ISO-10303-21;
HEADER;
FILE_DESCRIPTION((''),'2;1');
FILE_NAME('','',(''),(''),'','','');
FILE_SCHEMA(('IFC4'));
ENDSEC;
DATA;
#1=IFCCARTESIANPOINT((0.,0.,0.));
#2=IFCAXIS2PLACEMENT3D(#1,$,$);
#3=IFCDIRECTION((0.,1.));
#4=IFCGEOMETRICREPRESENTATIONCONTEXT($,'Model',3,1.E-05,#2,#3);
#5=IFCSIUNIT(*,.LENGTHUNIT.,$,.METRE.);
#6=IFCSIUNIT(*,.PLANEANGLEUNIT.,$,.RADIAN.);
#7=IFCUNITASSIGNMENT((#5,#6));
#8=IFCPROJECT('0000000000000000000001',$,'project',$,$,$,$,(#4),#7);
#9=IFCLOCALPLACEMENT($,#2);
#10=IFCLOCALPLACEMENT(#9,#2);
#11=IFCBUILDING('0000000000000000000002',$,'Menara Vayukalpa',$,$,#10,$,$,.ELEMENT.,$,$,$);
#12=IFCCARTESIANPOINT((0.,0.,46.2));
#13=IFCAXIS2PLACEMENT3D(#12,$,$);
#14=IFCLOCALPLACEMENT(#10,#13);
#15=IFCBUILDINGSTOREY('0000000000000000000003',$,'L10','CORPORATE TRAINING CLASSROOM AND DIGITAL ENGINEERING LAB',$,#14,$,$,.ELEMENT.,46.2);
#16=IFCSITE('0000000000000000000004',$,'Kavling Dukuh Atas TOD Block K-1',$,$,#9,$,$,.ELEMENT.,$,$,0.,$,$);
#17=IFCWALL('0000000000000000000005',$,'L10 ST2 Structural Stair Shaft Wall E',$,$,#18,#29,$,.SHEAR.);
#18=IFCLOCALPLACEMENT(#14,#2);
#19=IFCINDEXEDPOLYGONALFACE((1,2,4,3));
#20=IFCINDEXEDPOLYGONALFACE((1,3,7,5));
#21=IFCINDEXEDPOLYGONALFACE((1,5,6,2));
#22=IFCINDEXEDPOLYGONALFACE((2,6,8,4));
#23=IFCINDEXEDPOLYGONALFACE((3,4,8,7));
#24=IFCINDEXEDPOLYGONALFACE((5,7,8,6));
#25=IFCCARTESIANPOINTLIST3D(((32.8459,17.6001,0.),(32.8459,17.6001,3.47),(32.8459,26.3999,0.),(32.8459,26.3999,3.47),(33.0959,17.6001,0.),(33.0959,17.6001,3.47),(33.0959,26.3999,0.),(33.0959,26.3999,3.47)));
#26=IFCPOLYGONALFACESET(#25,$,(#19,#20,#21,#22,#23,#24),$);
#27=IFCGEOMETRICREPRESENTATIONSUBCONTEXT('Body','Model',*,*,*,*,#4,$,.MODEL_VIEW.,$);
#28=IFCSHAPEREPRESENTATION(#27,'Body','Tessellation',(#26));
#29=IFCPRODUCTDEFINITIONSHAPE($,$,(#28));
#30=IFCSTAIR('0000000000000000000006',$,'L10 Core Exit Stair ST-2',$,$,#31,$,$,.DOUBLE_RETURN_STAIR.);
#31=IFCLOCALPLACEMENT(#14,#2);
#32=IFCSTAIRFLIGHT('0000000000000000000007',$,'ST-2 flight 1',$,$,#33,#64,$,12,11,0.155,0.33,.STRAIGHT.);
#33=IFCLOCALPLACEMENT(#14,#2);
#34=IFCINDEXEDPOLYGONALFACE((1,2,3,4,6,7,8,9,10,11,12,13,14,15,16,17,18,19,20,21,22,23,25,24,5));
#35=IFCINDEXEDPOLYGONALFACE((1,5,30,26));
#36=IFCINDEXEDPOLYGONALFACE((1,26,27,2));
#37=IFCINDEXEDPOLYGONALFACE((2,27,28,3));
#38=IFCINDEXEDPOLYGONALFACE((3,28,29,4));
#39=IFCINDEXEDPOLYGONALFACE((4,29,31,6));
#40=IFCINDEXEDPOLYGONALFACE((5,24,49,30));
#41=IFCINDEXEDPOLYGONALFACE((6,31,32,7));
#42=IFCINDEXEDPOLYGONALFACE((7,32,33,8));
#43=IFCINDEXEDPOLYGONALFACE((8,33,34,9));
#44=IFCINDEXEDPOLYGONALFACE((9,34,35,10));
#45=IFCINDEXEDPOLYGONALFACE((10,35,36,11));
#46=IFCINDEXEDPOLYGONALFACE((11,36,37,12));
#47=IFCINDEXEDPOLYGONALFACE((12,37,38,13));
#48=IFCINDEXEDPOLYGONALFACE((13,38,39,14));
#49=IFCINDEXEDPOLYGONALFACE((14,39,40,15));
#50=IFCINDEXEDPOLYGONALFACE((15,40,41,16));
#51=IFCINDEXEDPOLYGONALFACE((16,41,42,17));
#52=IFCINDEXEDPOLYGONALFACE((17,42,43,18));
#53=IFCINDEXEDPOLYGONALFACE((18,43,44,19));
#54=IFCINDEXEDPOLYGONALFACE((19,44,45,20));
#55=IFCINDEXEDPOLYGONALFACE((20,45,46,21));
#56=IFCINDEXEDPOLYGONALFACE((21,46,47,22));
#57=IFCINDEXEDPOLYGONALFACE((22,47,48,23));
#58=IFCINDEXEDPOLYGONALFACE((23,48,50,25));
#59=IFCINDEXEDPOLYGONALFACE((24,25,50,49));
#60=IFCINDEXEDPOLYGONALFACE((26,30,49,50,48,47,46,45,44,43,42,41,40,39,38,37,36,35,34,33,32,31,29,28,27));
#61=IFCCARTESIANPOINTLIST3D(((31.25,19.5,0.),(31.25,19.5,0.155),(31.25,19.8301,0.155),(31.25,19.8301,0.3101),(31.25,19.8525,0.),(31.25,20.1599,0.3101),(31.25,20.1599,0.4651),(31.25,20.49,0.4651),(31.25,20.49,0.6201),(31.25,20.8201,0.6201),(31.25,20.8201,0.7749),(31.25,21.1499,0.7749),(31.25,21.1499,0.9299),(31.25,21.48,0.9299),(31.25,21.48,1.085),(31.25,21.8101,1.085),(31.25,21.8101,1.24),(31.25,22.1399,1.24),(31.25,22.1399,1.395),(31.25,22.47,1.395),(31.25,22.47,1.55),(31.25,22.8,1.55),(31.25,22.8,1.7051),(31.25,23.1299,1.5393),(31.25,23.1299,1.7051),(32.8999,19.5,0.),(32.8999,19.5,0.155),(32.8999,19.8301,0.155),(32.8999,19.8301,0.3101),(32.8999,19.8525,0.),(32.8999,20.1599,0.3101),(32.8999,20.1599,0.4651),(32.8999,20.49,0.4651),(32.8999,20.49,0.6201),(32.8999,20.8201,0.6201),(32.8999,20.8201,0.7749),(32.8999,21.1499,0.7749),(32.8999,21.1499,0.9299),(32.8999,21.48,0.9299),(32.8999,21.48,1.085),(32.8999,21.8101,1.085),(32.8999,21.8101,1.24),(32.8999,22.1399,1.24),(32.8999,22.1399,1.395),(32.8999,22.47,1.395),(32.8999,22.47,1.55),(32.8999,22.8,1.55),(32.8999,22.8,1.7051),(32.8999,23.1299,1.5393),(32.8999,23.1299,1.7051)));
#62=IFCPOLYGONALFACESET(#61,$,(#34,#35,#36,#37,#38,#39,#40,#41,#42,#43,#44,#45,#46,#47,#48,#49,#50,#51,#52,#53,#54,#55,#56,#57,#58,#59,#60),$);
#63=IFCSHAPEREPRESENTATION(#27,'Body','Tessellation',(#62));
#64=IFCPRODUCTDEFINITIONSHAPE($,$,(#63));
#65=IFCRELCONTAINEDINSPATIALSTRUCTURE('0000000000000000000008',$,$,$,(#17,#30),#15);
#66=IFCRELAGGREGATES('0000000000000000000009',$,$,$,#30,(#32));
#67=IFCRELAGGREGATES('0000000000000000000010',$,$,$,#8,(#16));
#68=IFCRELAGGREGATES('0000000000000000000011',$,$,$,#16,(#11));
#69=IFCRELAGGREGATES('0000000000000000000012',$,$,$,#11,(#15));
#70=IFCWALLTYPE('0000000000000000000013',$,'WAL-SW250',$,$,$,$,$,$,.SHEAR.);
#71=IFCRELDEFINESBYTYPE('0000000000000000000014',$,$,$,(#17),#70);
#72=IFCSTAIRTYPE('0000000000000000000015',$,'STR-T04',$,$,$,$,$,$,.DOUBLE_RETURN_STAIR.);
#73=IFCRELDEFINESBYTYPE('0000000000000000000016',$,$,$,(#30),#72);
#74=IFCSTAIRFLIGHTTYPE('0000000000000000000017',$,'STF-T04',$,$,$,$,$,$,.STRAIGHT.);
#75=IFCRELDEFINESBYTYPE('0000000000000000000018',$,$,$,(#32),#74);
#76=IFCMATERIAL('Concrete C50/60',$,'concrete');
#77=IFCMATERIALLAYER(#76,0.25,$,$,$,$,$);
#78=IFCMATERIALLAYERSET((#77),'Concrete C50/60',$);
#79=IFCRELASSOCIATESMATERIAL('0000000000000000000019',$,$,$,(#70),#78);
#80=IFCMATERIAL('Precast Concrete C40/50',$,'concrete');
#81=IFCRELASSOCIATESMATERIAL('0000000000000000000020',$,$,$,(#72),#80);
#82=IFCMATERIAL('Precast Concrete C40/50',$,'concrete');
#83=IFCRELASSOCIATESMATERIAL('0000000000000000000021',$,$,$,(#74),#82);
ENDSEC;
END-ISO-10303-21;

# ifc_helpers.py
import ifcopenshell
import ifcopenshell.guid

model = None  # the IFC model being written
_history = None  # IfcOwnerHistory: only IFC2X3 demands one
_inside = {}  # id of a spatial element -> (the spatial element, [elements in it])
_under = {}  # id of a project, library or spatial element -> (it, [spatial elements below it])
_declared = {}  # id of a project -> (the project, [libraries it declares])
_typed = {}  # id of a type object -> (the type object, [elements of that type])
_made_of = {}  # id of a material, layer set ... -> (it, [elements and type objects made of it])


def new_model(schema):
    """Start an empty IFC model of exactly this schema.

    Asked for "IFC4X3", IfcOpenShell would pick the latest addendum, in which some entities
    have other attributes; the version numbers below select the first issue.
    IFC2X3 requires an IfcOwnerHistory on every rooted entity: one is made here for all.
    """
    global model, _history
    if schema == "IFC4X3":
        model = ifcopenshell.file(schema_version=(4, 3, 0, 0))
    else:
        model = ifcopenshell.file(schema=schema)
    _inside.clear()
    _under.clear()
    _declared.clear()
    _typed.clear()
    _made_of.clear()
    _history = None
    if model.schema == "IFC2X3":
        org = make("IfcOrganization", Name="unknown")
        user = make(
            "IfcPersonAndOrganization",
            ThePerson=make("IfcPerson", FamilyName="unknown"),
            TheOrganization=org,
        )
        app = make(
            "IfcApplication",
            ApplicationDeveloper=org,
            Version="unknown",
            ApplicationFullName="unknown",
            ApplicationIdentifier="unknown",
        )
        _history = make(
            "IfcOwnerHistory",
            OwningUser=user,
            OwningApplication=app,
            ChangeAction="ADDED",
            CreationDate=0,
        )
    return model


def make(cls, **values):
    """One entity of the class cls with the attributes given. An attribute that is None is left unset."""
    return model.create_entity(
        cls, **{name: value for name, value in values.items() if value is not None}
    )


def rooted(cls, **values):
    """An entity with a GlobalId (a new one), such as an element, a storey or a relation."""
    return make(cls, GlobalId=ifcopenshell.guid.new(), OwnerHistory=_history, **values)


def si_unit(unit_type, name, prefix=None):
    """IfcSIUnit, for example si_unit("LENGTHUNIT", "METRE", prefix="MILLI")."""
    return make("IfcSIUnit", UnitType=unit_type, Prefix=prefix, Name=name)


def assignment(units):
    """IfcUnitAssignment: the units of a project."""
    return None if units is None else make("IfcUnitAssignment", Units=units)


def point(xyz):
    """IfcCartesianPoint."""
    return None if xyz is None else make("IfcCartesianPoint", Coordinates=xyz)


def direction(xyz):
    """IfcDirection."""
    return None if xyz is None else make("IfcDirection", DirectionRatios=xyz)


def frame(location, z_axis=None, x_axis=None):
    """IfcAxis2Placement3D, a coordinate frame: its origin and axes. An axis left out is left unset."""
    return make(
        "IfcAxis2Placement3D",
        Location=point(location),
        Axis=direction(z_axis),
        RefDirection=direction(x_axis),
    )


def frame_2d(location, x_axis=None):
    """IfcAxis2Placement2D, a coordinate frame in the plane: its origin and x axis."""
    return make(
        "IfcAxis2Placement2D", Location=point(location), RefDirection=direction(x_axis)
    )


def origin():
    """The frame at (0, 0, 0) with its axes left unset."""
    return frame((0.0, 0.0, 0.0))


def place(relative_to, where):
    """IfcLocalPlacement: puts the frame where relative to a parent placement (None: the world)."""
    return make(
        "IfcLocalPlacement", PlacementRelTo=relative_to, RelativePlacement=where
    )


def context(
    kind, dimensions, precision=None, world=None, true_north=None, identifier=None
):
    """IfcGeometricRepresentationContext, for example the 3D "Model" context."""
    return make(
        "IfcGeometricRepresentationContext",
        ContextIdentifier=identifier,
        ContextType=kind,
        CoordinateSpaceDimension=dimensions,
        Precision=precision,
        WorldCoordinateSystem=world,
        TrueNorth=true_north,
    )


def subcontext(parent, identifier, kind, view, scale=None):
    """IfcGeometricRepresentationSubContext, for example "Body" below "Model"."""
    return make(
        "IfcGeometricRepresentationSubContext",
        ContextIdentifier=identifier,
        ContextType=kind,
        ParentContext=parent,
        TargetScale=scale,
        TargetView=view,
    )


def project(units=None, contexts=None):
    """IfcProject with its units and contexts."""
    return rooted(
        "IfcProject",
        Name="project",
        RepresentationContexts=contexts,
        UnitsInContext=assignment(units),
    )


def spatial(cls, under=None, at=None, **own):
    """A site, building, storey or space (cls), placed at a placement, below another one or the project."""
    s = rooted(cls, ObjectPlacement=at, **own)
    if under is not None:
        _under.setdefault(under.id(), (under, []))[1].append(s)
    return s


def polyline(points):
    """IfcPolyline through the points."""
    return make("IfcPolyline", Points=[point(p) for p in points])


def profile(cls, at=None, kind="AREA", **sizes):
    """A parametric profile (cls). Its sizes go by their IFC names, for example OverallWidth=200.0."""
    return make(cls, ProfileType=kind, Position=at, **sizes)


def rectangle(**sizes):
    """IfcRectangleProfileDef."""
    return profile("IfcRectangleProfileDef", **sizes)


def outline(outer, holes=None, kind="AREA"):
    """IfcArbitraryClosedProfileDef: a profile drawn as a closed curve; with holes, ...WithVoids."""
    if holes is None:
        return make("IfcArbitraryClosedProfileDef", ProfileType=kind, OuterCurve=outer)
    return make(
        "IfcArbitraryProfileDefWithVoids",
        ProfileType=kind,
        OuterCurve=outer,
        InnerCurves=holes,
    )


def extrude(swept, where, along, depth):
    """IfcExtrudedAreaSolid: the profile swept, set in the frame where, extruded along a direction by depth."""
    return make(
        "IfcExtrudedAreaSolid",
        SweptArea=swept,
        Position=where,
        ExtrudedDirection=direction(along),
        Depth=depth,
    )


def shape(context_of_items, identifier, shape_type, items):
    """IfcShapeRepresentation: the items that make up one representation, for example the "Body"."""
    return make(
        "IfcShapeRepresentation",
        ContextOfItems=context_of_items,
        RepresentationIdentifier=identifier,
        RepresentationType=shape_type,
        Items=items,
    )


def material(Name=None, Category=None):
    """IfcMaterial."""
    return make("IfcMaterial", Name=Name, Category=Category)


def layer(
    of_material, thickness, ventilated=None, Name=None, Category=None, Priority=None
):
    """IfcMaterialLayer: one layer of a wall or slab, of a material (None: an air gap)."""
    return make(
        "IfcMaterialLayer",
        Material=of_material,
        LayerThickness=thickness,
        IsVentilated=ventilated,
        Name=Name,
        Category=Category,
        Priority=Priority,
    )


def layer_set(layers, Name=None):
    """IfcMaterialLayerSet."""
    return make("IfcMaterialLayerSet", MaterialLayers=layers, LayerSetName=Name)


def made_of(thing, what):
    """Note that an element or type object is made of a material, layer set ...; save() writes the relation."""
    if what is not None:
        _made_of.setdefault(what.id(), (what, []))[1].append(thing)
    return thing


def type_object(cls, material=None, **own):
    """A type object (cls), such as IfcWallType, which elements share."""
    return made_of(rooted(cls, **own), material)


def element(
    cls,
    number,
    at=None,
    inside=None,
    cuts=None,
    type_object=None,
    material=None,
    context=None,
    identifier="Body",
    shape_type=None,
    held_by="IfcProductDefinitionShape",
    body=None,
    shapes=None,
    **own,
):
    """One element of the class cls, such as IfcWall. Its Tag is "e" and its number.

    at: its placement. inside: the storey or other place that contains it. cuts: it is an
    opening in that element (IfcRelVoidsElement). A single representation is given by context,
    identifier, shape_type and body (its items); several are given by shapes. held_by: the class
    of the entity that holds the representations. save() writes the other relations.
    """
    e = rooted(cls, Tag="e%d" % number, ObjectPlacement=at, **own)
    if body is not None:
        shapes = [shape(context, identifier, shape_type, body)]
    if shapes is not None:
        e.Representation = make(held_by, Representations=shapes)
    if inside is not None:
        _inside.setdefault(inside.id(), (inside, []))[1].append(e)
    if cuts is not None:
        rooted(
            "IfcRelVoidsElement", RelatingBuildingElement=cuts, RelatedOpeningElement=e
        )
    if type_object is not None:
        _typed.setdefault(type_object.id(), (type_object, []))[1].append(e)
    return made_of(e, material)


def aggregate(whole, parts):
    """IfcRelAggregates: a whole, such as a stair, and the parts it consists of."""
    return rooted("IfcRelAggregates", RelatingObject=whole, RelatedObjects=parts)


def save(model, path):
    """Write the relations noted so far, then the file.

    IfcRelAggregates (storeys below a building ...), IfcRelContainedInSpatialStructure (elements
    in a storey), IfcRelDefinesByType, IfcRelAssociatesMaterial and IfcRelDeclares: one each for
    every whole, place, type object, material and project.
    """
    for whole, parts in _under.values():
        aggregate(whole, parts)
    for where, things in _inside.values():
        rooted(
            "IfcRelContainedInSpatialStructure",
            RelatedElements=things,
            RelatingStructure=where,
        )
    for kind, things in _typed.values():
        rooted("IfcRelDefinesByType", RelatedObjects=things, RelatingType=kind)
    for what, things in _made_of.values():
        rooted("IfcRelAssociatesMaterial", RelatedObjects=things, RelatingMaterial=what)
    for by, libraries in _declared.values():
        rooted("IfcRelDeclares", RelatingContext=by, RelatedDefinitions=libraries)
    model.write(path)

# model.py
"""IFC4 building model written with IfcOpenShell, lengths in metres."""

from ifc_helpers import new_model, si_unit, direction, frame, frame_2d, origin, place, context, subcontext, project, spatial, polyline, rectangle, outline, extrude, material, layer, layer_set, type_object, element, aggregate, save


model = new_model("IFC4")

# Units and contexts
model_context = context("Model", 3, precision=1e-05, world=origin(), true_north=direction((0.0, 1.0)))
body_context = subcontext(model_context, "Body", "Model", "MODEL_VIEW")
ifc_project = project(units=[si_unit("LENGTHUNIT", "METRE"), si_unit("PLANEANGLEUNIT", "RADIAN")], contexts=[model_context])

# Site, building, storey
site_placement = place(None, origin())
site = spatial("IfcSite", under=ifc_project, at=site_placement, Name="Kavling Dukuh Atas TOD Block K-1", CompositionType="ELEMENT", RefElevation=0.0)
building_placement = place(site_placement, origin())
building = spatial("IfcBuilding", under=site, at=building_placement, Name="Menara Vayukalpa", CompositionType="ELEMENT")
storey_placement = place(building_placement, frame((0.0, 0.0, 46.2)))
storey = spatial("IfcBuildingStorey", under=building, at=storey_placement, Name="L10", Description="CORPORATE TRAINING CLASSROOM AND DIGITAL ENGINEERING LAB", CompositionType="ELEMENT", Elevation=46.2)

# Wall
ifc_material_1 = material(Name="Concrete C50/60", Category="concrete")
ifc_layer_1 = layer(ifc_material_1, 0.25)
ifc_layer_set_1 = layer_set([ifc_layer_1], Name="Concrete C50/60")
wall_type_1 = type_object("IfcWallType", Name="WAL-SW250", PredefinedType="SHEAR", material=ifc_layer_set_1)
wall_1_placement = place(storey_placement, frame((32.9709, 17.6001, 0.0), z_axis=(0.0, 0.0, 1.0), x_axis=(0.0, 1.0, 0.0)))
element("IfcWall", 1, at=wall_1_placement, inside=storey, type_object=wall_type_1, Name="L10 ST2 Structural Stair Shaft Wall E", PredefinedType="SHEAR", context=body_context, shape_type="SweptSolid", body=[
    extrude(rectangle(XDim=8.7998, YDim=0.25, at=frame_2d((4.3999, 0.0))), origin(), (0.0, 0.0, 1.0), 3.47),
])

# Stair, stair flight
ifc_material_2 = material(Name="Precast Concrete C40/50", Category="concrete")
stair_type = type_object("IfcStairType", Name="STR-T04", PredefinedType="DOUBLE_RETURN_STAIR", material=ifc_material_2)
stair_placement = place(storey_placement, origin())
stair = element("IfcStair", 2, at=stair_placement, inside=storey, type_object=stair_type, Name="L10 Core Exit Stair ST-2", PredefinedType="DOUBLE_RETURN_STAIR")
ifc_material_3 = material(Name="Precast Concrete C40/50", Category="concrete")
stair_flight_type = type_object("IfcStairFlightType", Name="STF-T04", PredefinedType="STRAIGHT", material=ifc_material_3)
stair_flight_placement = place(storey_placement, frame((32.075, 19.5, 0.0), z_axis=(0.0, 0.0, 1.0), x_axis=(0.0, 1.0, 0.0)))
stair_flight = element("IfcStairFlight", 3, at=stair_flight_placement, type_object=stair_flight_type, Name="ST-2 flight 1", NumberOfRisers=12, NumberOfTreads=11, PredefinedType="STRAIGHT", RiserHeight=0.155, TreadLength=0.33, context=body_context, shape_type="SweptSolid", body=[
    extrude(outline(polyline([(0.0, 0.0), (0.0, 0.155), (0.3301, 0.155), (0.3301, 0.3101), (0.6599, 0.3101), (0.6599, 0.4651), (0.99, 0.4651), (0.99, 0.6201), (1.3201, 0.6201), (1.3201, 0.7749), (1.6499, 0.7749), (1.6499, 0.9299), (1.98, 0.9299), (1.98, 1.085), (2.3101, 1.085), (2.3101, 1.24), (2.6399, 1.24), (2.6399, 1.395), (2.97, 1.395), (2.97, 1.55), (3.3, 1.55), (3.3, 1.7051), (3.6299, 1.7051), (3.6299, 1.8601), (3.6299, 1.5393), (0.3525, 0.0), (0.0, 0.0)])), frame((0.0, 0.825, 0.0), z_axis=(0.0, -1.0, 0.0), x_axis=(1.0, 0.0, 0.0)), (0.0, 0.0, 1.0), 1.6499),
])
aggregate(stair, [stair_flight])

save(model, "model.ifc")
